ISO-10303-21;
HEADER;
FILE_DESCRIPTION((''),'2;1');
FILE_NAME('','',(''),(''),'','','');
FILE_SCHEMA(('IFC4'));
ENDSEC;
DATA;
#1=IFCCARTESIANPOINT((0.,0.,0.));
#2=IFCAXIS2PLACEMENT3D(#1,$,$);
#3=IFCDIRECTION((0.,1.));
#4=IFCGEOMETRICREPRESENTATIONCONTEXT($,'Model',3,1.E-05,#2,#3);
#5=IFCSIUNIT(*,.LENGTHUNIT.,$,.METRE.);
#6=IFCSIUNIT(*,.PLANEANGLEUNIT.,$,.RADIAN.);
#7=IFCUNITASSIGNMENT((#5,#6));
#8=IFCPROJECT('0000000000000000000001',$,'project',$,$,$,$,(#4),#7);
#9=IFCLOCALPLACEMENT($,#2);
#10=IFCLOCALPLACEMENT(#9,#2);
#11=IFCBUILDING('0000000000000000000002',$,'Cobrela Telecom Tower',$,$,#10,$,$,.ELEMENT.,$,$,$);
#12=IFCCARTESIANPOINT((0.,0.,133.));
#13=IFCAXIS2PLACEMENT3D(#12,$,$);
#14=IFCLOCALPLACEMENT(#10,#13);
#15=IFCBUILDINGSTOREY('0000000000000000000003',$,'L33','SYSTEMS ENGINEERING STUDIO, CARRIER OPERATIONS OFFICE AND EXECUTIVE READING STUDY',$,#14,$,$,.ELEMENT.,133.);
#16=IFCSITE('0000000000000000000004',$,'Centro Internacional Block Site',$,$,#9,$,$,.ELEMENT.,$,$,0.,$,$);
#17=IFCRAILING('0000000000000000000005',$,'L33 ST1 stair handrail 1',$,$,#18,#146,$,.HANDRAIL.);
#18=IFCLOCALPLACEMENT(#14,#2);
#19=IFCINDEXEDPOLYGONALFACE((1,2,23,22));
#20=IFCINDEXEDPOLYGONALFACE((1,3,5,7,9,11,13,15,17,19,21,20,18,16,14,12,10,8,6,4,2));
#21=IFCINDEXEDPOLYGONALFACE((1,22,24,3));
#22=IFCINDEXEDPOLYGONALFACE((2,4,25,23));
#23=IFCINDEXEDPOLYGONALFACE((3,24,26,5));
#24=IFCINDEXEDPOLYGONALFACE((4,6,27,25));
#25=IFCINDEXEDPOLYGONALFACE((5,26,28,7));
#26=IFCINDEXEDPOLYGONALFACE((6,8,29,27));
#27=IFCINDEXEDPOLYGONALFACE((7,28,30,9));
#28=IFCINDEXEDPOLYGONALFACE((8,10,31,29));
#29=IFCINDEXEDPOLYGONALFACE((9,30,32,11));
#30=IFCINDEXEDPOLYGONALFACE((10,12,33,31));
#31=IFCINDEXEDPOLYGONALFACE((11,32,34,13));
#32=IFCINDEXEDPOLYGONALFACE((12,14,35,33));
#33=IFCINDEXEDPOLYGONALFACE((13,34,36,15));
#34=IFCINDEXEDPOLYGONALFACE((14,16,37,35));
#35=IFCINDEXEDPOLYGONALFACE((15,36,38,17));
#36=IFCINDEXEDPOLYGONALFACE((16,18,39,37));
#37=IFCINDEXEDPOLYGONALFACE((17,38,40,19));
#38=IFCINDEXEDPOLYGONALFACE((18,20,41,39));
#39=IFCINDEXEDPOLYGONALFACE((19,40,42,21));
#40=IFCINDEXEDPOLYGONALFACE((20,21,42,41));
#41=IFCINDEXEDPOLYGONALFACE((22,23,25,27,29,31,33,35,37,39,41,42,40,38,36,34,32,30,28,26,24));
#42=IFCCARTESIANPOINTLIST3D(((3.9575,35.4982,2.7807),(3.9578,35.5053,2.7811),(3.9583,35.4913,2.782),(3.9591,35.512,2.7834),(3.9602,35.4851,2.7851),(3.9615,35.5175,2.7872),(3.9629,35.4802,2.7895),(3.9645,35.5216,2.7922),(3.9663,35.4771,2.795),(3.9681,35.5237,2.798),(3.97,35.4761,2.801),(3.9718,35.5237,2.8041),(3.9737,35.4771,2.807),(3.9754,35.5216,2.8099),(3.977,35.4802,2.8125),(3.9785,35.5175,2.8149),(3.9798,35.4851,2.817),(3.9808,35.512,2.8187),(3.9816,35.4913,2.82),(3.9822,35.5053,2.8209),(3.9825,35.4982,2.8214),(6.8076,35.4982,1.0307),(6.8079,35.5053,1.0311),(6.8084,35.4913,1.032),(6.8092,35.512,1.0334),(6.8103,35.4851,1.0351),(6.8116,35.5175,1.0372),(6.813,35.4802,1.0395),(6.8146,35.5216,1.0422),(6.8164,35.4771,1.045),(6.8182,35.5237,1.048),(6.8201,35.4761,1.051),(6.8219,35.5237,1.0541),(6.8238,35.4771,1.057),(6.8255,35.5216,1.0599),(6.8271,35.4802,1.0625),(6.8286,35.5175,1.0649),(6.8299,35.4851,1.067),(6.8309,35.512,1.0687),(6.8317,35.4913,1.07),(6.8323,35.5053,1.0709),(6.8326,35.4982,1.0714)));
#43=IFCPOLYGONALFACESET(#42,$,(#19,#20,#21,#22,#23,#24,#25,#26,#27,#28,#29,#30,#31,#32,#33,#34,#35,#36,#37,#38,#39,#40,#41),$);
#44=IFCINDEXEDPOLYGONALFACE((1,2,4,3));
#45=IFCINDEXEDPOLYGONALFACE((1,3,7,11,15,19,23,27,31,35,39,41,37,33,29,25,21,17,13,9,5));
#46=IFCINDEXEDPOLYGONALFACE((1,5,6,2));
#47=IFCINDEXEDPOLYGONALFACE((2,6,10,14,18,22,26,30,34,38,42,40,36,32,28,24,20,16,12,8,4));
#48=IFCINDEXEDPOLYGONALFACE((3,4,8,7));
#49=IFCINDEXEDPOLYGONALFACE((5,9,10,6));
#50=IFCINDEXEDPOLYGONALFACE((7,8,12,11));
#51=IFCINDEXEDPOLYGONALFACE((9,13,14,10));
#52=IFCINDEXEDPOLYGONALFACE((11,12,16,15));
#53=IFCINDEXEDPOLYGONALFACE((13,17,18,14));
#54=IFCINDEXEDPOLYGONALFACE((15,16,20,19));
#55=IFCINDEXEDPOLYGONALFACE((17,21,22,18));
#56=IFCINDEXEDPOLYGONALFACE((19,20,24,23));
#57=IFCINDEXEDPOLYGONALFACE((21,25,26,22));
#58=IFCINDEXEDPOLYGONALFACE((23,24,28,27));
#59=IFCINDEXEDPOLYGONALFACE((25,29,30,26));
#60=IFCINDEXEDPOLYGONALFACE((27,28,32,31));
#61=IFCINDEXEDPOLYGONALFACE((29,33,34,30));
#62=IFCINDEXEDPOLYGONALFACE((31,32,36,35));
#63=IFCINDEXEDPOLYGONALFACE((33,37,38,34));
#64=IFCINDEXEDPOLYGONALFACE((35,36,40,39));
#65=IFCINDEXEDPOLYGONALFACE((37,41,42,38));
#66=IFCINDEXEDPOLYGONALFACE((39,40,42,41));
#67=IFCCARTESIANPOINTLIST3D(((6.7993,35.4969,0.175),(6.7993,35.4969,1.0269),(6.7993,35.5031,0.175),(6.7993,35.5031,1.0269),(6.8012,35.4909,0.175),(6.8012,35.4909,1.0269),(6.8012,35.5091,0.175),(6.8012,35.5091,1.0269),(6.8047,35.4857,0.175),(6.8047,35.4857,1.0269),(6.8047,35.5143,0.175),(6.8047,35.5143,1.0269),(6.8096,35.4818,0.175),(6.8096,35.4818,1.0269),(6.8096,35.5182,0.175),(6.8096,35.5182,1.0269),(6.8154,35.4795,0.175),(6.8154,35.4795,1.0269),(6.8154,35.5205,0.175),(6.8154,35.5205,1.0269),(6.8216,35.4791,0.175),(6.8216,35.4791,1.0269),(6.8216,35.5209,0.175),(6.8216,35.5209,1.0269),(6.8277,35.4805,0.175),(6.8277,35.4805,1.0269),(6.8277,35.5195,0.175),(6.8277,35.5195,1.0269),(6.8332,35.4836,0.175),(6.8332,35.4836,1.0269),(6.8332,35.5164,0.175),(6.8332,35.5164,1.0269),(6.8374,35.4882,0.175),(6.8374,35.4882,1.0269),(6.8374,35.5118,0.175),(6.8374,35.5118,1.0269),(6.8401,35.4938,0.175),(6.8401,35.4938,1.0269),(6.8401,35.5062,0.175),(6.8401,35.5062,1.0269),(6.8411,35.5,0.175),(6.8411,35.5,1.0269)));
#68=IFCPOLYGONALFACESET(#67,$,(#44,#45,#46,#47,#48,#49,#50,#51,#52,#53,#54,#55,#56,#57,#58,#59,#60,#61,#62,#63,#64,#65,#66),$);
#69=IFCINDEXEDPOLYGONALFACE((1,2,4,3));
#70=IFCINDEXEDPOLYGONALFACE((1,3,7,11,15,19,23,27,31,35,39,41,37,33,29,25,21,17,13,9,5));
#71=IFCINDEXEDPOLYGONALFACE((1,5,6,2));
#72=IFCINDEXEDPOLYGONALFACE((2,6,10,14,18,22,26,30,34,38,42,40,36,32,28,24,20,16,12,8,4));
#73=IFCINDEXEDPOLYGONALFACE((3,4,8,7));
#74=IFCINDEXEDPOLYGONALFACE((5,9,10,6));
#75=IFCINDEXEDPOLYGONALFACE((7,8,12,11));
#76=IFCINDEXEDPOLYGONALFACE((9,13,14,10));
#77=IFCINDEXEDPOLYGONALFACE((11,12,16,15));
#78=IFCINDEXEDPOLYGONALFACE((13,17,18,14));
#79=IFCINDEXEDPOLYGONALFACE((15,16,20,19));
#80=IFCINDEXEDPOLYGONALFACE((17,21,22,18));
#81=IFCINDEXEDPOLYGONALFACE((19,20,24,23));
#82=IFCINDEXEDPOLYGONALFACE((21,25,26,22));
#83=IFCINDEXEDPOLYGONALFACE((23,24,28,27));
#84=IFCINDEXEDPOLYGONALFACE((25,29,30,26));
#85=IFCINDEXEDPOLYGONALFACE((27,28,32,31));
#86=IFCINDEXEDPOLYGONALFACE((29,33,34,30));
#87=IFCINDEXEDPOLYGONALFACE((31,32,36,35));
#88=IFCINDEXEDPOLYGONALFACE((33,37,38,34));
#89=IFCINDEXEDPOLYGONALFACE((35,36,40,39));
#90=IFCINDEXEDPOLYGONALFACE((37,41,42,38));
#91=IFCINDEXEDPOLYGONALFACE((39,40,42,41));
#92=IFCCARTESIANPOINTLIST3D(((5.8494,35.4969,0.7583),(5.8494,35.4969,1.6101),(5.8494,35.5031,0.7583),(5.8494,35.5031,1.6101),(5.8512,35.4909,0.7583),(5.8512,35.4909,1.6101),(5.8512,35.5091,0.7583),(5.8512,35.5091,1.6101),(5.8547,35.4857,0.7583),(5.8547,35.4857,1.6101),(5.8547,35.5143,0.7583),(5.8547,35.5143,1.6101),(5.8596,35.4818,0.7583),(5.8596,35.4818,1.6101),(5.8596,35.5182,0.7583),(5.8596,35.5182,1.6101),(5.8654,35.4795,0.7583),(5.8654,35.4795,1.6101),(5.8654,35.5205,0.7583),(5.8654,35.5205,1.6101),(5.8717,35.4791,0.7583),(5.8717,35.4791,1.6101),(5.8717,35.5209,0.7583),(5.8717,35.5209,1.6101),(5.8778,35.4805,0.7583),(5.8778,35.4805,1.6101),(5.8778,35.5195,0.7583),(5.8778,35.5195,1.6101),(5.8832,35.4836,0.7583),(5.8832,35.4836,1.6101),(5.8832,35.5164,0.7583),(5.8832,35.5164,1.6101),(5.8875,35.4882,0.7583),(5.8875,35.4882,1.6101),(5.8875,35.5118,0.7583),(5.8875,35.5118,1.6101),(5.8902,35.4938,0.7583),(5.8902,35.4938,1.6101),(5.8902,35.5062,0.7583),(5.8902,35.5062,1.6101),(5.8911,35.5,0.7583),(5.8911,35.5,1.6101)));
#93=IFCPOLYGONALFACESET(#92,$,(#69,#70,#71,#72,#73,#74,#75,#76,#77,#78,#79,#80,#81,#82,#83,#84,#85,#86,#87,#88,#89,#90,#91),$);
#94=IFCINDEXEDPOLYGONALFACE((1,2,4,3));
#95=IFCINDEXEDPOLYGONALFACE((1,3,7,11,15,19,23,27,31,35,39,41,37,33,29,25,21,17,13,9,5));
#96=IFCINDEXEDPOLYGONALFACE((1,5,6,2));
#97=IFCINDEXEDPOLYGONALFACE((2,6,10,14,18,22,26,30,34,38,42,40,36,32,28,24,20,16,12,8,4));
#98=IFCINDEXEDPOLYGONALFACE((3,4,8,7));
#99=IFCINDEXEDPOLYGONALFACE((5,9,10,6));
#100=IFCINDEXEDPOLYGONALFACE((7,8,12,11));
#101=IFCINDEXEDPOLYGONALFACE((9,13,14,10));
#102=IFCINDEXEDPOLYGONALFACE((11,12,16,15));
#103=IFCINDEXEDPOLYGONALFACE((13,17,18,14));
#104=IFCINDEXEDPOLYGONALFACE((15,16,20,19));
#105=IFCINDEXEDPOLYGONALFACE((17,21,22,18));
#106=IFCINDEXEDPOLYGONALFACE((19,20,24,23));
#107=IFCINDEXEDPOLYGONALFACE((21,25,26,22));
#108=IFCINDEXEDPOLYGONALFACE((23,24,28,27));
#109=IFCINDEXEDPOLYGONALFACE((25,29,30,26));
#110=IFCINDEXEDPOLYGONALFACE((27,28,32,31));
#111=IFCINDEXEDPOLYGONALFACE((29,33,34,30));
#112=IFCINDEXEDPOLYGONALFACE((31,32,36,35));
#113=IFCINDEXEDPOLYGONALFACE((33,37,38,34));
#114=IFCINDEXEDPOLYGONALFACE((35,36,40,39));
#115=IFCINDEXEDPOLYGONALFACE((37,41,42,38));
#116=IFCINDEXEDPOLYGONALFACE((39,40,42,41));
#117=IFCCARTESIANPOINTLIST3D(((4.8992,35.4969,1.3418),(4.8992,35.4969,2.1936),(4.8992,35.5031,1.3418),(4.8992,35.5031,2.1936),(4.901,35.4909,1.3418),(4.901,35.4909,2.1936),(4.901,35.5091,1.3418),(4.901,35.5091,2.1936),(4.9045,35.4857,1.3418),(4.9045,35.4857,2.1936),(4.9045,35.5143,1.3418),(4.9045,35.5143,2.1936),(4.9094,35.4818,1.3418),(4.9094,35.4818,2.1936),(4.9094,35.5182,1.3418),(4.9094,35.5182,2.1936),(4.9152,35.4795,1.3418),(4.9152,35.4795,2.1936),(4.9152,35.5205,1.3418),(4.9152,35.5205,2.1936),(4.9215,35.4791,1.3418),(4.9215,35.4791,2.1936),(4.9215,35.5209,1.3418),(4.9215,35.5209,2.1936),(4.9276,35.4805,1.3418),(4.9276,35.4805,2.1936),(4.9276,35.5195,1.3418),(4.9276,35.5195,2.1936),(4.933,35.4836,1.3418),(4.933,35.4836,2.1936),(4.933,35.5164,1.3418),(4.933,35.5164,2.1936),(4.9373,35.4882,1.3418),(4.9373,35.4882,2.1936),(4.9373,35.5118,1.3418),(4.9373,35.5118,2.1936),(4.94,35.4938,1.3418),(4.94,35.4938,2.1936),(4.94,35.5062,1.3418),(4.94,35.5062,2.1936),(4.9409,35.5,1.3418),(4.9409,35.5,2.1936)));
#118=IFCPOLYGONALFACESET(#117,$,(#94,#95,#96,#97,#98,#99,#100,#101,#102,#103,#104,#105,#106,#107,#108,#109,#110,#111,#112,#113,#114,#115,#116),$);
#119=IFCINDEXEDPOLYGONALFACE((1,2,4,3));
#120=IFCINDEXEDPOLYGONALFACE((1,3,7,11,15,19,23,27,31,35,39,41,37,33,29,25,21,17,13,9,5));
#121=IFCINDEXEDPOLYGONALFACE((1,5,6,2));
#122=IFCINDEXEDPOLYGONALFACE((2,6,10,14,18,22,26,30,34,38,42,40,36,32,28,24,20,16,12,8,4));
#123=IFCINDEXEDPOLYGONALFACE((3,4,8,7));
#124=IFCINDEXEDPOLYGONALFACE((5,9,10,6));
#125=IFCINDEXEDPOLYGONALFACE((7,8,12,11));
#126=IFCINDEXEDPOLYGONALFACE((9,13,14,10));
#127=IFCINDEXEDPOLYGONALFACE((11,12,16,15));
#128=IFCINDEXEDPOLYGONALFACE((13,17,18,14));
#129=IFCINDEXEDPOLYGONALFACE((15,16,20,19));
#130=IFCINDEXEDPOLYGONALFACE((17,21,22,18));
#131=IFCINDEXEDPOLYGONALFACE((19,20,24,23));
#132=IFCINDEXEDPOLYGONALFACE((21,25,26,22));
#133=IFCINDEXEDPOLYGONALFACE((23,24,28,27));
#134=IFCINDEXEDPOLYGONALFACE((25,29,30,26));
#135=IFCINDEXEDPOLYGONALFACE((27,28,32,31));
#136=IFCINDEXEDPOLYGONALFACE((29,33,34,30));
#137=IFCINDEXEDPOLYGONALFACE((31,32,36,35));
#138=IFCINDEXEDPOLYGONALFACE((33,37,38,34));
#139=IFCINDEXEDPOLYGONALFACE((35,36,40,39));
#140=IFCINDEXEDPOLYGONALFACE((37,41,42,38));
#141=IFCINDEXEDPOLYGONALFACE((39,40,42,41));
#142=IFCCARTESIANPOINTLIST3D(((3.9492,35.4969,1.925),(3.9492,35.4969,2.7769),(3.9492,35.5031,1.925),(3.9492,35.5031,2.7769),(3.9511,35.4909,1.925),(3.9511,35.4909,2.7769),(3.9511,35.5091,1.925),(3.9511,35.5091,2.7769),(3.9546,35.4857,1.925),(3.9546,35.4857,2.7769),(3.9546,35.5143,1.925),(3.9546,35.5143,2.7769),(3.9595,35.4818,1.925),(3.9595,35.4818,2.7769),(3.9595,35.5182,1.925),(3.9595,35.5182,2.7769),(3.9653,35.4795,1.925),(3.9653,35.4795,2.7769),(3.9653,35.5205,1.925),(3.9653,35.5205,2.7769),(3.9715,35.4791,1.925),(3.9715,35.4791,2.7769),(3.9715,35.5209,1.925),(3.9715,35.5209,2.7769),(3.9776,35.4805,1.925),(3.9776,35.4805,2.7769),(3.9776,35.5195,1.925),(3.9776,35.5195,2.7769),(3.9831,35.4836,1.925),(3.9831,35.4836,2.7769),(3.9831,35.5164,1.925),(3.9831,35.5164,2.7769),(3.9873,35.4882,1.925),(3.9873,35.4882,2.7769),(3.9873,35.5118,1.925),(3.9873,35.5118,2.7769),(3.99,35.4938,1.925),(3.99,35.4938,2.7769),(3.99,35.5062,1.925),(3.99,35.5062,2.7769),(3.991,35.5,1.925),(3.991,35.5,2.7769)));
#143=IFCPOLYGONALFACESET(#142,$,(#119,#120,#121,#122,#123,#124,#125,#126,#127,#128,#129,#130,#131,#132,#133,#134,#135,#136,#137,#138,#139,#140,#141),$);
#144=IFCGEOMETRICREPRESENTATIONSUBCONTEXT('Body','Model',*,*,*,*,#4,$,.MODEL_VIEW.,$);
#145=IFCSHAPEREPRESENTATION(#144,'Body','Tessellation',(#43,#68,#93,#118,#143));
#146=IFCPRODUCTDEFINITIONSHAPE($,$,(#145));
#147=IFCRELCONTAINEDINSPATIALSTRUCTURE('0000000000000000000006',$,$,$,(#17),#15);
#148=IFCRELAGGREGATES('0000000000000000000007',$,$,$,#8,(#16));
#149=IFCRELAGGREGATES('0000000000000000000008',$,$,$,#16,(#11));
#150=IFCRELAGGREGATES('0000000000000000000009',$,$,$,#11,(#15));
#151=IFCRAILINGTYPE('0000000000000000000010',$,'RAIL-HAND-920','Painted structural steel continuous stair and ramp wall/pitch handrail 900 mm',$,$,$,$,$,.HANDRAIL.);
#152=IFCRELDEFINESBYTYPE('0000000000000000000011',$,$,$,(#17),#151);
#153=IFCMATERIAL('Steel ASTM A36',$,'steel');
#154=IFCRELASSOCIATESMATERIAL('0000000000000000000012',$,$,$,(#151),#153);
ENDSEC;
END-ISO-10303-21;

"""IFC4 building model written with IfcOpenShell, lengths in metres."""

from ifc_helpers import new_model, si_unit, direction, frame, origin, origin_2d, place, context, subcontext, project, spatial, circle, extrude, material, type_object, element, save


model = new_model("IFC4")

# Units and contexts
model_context = context("Model", 3, precision=1e-05, world=origin(), true_north=direction((0.0, 1.0)))
body_context = subcontext(model_context, "Body", "Model", "MODEL_VIEW")
ifc_project = project(units=[si_unit("LENGTHUNIT", "METRE"), si_unit("PLANEANGLEUNIT", "RADIAN")], contexts=[model_context])

# Site, building, storey
site_placement = place(None, origin())
site = spatial("IfcSite", under=ifc_project, at=site_placement, Name="Centro Internacional Block Site", CompositionType="ELEMENT", RefElevation=0.0)
building_placement = place(site_placement, origin())
building = spatial("IfcBuilding", under=site, at=building_placement, Name="Cobrela Telecom Tower", CompositionType="ELEMENT")
storey_placement = place(building_placement, frame((0.0, 0.0, 133.0)))
storey = spatial("IfcBuildingStorey", under=building, at=storey_placement, Name="L33", Description="SYSTEMS ENGINEERING STUDIO, CARRIER OPERATIONS OFFICE AND EXECUTIVE READING STUDY", CompositionType="ELEMENT", Elevation=133.0)

# Shared definitions
ifc_material_1 = material(Name="Steel ASTM A36", Category="steel")

# Railing
railing_type_1 = type_object("IfcRailingType", Name="RAIL-HAND-920", Description="Painted structural steel continuous stair and ramp wall/pitch handrail 900 mm", PredefinedType="HANDRAIL", material=ifc_material_1)
railing_1_placement = place(storey_placement, frame((6.8201, 35.5, 0.175)))
element("IfcRailing", 1, at=railing_1_placement, inside=storey, type_object=railing_type_1, Name="L33 ST1 stair handrail 1", PredefinedType="HANDRAIL", context=body_context, shape_type="SweptSolid", body=[
    extrude(circle(Radius=0.0239, at=origin_2d()), frame((0.0, 0.0, 0.876), z_axis=(-0.852179, 0.0, 0.52325), x_axis=(0.0, -1.0, 0.0)), (0.0, 0.0, 1.0), 3.3445),
    extrude(circle(Radius=0.021, at=origin_2d()), origin(), (0.0, 0.0, 1.0), 0.8518),
    extrude(circle(Radius=0.021, at=origin_2d()), frame((-0.95, 0.0, 0.5833)), (0.0, 0.0, 1.0), 0.8518),
    extrude(circle(Radius=0.021, at=origin_2d()), frame((-1.9001, 0.0, 1.1667)), (0.0, 0.0, 1.0), 0.8518),
    extrude(circle(Radius=0.021, at=origin_2d()), frame((-2.8501, 0.0, 1.75)), (0.0, 0.0, 1.0), 0.8518),
])

save(model, "model.ifc")
